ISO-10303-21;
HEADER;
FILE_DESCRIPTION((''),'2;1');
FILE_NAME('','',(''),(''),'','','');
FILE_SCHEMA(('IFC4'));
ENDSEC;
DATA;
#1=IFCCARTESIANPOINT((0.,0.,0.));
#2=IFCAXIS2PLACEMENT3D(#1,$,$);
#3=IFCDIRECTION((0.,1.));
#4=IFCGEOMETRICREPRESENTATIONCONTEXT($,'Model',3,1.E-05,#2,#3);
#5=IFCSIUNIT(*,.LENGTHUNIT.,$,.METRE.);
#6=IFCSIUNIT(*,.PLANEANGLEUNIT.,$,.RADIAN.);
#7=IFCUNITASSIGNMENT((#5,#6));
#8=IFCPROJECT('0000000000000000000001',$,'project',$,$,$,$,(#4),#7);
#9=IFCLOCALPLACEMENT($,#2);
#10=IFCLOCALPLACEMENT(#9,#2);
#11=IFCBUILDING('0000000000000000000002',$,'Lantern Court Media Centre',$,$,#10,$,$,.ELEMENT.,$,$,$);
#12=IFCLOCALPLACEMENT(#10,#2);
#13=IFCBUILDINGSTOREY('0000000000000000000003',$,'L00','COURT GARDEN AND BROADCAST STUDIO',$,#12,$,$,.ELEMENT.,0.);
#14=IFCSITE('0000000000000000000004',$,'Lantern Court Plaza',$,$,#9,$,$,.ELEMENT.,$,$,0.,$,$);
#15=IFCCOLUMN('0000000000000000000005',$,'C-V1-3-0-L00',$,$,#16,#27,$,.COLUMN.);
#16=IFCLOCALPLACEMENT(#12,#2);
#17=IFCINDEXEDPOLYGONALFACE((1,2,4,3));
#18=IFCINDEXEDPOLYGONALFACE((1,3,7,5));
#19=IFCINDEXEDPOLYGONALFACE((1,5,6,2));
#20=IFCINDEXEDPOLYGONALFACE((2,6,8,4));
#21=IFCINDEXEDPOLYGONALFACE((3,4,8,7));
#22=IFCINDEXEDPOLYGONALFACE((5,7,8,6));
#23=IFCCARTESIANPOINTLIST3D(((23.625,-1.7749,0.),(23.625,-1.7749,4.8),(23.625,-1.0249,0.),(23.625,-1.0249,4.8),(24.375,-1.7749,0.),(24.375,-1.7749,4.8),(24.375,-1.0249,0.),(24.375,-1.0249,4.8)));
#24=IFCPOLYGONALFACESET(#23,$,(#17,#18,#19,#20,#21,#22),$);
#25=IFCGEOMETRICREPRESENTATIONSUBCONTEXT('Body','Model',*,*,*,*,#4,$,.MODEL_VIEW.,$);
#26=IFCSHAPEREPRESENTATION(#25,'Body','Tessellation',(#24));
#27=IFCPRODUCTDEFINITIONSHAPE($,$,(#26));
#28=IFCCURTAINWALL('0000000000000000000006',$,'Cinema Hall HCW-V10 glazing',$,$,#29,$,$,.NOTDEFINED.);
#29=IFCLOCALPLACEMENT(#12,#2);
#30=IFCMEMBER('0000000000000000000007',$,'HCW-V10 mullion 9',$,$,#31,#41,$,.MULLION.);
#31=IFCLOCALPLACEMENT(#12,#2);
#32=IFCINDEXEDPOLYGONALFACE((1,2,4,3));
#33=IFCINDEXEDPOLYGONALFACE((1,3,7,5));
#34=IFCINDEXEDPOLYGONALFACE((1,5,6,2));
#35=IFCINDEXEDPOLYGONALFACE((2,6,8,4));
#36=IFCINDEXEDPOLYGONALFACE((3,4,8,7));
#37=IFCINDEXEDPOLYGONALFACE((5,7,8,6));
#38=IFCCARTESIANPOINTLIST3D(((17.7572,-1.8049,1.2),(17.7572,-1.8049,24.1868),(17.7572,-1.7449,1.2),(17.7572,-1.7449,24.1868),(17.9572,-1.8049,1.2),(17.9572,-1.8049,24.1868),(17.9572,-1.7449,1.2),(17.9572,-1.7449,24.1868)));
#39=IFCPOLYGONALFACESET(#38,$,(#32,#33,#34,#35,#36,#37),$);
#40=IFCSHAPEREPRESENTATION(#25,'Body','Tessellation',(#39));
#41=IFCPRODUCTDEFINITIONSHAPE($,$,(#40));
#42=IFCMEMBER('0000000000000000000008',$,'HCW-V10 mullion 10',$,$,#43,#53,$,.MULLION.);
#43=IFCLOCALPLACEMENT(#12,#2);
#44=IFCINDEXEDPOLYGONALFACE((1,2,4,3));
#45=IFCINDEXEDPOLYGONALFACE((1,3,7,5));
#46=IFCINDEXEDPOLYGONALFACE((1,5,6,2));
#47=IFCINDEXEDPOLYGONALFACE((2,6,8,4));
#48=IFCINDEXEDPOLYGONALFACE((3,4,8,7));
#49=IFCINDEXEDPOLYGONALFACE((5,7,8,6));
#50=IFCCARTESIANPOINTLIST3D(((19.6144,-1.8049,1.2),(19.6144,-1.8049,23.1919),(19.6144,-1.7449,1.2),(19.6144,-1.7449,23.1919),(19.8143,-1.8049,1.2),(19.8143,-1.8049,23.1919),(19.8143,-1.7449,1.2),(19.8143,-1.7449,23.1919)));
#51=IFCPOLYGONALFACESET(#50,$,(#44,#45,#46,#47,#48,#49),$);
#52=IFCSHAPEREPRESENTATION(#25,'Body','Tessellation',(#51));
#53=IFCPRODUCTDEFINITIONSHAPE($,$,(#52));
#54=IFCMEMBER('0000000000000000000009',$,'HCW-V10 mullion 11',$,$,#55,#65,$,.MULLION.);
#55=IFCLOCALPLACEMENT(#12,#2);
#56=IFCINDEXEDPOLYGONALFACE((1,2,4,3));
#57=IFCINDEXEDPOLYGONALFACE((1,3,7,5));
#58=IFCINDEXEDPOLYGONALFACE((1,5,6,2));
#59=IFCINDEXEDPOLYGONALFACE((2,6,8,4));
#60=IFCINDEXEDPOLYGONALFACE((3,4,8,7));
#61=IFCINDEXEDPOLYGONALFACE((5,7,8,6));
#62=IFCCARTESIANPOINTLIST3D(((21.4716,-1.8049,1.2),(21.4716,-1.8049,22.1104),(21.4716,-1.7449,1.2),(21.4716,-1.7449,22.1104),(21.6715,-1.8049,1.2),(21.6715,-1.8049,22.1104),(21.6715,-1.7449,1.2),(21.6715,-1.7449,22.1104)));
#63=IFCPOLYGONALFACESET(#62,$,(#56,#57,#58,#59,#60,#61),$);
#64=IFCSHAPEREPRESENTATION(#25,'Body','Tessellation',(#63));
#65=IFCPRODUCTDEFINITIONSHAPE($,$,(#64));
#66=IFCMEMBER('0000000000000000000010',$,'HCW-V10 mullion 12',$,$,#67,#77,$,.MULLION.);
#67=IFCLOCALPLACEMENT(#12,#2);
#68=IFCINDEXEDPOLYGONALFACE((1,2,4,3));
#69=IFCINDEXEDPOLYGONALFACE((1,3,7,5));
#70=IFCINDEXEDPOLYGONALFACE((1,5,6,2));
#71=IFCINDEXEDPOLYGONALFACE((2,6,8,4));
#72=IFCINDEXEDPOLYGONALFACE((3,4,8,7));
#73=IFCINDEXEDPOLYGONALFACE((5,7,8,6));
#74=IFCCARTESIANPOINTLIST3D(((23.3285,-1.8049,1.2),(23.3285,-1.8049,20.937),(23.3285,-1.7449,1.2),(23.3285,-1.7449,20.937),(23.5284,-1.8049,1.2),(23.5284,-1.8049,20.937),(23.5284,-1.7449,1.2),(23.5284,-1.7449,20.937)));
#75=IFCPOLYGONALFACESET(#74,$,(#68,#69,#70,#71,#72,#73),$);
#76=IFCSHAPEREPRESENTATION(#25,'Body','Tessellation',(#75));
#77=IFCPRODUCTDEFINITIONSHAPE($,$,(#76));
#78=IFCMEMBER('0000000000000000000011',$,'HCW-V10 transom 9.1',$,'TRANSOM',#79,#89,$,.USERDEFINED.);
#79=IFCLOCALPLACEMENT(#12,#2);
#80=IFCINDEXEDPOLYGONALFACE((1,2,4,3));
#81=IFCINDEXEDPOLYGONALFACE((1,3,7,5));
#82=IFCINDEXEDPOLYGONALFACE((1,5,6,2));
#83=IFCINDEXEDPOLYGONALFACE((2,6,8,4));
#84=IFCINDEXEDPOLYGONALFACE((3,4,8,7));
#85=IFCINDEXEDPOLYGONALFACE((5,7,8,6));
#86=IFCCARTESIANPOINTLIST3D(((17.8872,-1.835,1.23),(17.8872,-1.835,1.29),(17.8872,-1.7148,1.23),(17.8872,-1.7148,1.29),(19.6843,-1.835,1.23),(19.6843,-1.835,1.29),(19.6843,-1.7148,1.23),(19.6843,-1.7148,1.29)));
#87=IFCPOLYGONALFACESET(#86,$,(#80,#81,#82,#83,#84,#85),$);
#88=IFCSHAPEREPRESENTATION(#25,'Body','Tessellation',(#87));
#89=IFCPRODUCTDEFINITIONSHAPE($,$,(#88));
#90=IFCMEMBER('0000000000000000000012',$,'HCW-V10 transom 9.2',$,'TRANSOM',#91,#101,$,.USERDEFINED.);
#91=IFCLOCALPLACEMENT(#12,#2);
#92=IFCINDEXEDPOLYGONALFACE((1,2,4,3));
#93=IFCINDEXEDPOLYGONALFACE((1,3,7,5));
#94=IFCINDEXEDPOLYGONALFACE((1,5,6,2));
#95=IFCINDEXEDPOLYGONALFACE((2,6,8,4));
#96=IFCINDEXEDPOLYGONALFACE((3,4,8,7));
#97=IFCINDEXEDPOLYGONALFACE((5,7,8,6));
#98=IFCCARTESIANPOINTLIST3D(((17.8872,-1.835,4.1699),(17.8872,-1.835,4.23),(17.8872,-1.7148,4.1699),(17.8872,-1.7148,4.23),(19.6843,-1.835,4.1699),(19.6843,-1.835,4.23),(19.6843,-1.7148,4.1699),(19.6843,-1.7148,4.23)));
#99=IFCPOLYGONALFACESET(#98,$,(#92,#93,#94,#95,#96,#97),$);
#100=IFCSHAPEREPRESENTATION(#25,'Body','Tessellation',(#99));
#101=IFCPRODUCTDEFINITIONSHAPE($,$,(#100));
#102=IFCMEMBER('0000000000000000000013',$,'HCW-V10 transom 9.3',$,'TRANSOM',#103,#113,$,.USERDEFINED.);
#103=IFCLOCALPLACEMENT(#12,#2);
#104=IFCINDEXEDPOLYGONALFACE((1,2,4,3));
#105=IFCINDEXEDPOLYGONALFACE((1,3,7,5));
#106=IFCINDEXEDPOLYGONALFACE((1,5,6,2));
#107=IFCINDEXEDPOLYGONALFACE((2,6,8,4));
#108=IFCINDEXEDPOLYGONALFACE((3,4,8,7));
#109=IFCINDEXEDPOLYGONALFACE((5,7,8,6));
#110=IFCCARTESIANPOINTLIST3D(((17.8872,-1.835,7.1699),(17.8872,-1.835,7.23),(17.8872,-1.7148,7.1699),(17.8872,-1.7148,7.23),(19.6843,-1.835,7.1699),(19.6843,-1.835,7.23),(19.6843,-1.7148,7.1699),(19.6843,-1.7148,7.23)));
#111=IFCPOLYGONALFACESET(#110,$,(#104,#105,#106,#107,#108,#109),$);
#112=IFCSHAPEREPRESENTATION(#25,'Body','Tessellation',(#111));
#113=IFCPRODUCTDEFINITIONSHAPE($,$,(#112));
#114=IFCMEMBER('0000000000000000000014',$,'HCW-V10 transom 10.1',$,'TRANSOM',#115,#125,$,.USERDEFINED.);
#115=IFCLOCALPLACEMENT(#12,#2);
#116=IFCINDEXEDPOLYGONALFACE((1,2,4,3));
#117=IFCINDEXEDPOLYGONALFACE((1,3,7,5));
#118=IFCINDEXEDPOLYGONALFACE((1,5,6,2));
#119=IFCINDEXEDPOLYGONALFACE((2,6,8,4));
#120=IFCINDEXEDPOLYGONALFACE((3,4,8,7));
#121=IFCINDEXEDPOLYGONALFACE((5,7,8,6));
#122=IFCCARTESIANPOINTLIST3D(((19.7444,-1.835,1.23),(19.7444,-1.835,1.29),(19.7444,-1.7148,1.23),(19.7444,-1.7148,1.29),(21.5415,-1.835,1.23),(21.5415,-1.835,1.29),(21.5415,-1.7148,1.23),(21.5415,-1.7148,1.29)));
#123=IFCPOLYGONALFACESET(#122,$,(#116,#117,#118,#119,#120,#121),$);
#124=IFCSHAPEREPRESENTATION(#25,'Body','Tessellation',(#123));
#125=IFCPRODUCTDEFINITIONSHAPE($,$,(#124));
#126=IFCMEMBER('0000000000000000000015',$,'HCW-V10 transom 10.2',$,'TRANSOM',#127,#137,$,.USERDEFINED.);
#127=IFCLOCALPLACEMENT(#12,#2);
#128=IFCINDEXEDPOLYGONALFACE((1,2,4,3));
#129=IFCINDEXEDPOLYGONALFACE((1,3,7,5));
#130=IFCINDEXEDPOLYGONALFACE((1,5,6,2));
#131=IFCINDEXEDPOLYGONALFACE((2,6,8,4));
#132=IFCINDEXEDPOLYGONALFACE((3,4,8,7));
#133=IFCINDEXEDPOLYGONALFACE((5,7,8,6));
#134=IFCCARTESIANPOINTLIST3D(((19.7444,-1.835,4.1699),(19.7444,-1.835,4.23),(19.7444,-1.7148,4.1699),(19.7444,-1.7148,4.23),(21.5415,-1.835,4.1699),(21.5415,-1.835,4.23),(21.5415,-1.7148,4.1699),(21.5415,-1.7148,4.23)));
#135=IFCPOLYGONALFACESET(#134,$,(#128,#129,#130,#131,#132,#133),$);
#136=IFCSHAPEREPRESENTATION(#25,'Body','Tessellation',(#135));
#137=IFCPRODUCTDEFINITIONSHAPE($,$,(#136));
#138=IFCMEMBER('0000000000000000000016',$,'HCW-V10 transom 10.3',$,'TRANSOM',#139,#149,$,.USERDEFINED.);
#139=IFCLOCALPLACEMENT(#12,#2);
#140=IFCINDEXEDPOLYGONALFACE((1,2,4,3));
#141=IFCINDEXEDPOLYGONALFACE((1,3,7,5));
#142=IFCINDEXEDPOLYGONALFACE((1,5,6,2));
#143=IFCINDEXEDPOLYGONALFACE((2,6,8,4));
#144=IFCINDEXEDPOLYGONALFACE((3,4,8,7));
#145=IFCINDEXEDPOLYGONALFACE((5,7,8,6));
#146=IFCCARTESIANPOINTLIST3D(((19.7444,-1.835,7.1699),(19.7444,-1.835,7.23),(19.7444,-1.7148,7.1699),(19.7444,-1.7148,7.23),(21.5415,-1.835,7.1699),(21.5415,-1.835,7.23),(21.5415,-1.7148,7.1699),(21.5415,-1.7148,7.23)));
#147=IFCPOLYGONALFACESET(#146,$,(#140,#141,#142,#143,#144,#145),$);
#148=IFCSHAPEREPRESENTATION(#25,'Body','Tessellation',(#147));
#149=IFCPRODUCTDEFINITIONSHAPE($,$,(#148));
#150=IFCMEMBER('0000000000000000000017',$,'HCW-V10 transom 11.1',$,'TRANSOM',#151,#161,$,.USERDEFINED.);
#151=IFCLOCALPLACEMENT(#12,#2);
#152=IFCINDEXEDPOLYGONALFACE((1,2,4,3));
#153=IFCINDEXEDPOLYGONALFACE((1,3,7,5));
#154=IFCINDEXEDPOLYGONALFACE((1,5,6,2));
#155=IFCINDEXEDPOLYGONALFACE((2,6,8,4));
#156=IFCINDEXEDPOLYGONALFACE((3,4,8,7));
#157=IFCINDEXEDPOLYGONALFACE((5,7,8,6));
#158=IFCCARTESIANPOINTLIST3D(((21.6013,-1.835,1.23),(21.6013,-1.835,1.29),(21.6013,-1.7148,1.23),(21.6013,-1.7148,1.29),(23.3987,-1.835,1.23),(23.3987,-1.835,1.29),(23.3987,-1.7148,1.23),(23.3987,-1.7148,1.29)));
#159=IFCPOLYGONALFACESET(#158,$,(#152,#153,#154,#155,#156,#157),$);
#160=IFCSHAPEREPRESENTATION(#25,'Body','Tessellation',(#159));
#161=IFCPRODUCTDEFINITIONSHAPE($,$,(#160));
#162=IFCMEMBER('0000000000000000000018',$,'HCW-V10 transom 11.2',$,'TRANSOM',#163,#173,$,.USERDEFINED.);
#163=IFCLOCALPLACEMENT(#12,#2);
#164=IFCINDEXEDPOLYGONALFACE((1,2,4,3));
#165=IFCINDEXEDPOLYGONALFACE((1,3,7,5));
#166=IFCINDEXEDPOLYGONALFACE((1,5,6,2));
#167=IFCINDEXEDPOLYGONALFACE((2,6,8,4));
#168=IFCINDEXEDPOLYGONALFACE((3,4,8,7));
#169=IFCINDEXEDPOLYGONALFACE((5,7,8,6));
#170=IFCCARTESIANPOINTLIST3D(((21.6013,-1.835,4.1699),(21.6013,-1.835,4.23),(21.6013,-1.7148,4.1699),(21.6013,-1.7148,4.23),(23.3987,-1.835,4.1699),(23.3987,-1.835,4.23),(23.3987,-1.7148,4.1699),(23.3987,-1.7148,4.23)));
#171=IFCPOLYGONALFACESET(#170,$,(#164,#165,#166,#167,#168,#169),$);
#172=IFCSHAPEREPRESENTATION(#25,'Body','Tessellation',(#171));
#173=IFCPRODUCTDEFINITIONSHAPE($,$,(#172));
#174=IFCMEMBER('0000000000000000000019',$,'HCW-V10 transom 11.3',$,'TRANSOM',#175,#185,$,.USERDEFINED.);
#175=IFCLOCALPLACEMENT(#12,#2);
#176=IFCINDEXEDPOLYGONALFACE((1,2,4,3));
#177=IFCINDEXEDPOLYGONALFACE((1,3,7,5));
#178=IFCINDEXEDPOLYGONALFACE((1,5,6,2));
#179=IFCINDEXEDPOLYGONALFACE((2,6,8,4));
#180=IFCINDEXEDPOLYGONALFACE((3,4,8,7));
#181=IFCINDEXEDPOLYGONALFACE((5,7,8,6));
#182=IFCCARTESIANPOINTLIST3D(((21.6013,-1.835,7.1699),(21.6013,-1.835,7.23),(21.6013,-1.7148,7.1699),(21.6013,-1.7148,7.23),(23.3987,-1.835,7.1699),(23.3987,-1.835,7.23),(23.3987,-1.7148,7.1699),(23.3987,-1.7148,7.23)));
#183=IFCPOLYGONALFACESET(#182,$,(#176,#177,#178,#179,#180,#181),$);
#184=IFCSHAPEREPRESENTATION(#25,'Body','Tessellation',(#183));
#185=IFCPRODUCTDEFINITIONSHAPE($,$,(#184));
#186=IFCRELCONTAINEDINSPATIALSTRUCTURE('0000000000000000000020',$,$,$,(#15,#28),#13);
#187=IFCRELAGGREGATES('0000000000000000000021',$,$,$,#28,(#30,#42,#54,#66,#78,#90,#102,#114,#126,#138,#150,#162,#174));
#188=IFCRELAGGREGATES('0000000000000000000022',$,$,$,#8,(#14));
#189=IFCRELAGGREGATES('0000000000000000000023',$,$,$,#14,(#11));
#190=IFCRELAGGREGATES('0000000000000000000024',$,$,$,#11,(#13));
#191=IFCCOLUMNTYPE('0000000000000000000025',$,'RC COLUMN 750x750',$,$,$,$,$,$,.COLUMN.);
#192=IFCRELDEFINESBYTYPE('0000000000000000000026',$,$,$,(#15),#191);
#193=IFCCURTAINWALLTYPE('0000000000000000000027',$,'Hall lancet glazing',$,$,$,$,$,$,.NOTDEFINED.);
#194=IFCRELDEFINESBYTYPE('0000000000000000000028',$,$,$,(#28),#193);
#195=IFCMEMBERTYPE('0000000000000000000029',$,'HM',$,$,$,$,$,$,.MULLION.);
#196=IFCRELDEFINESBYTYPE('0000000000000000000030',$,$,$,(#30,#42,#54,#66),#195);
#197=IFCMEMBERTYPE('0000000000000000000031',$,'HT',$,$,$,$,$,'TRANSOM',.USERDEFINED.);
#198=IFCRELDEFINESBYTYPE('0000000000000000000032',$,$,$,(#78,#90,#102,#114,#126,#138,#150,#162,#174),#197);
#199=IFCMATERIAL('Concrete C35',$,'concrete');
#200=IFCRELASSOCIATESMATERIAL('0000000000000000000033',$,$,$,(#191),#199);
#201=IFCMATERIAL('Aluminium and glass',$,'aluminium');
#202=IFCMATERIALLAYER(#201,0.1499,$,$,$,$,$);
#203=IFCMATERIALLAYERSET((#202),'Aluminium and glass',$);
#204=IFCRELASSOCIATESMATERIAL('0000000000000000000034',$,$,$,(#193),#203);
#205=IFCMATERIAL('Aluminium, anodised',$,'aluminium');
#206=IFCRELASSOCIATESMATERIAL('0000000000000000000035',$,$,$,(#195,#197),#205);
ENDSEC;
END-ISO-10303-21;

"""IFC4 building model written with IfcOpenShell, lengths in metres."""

from ifc_helpers import new_model, si_unit, direction, frame, origin, origin_2d, place, context, subcontext, project, spatial, rectangle, extrude, material, layer, layer_set, material_profile, profile_set, type_object, element, aggregate, save


model = new_model("IFC4")

# Units and contexts
model_context = context("Model", 3, precision=1e-05, world=origin(), true_north=direction((0.0, 1.0)))
body_context = subcontext(model_context, "Body", "Model", "MODEL_VIEW")
ifc_project = project(units=[si_unit("LENGTHUNIT", "METRE"), si_unit("PLANEANGLEUNIT", "RADIAN")], contexts=[model_context])

# Site, building, storey
site_placement = place(None, origin())
site = spatial("IfcSite", under=ifc_project, at=site_placement, Name="Lantern Court Plaza", CompositionType="ELEMENT", RefElevation=0.0)
building_placement = place(site_placement, origin())
building = spatial("IfcBuilding", under=site, at=building_placement, Name="Lantern Court Media Centre", CompositionType="ELEMENT")
storey_placement = place(building_placement, origin())
storey = spatial("IfcBuildingStorey", under=building, at=storey_placement, Name="L00", Description="COURT GARDEN AND BROADCAST STUDIO", CompositionType="ELEMENT", Elevation=0.0)

# Column
ifc_material_1 = material(Name="Concrete C35", Category="concrete")
ifc_material_profile_1 = material_profile(ifc_material_1, rectangle(XDim=0.75, YDim=0.75, at=origin_2d()), Name="RC 750x750")
ifc_profile_set_1 = profile_set([ifc_material_profile_1], Name="Concrete C35")
column_type = type_object("IfcColumnType", Name="RC COLUMN 750x750", PredefinedType="COLUMN", material=ifc_profile_set_1)
column_placement = place(storey_placement, frame((24.0, -1.3999, 0.0), z_axis=(0.0, 0.0, 1.0), x_axis=(1.0, 0.0, 0.0)))
element("IfcColumn", 1, at=column_placement, inside=storey, type_object=column_type, Name="C-V1-3-0-L00", PredefinedType="COLUMN", context=body_context, shape_type="SweptSolid", body=[
    extrude(rectangle(XDim=0.75, YDim=0.75, at=origin_2d()), origin(), (0.0, 0.0, 1.0), 4.8),
])

# Curtain wall, members
ifc_material_2 = material(Name="Aluminium and glass", Category="aluminium")
ifc_layer_1 = layer(ifc_material_2, 0.1499)
ifc_layer_set_1 = layer_set([ifc_layer_1], Name="Aluminium and glass")
curtain_wall_type = type_object("IfcCurtainWallType", Name="Hall lancet glazing", PredefinedType="NOTDEFINED", material=ifc_layer_set_1)
curtain_wall_placement = place(storey_placement, origin())
curtain_wall = element("IfcCurtainWall", 2, at=curtain_wall_placement, inside=storey, type_object=curtain_wall_type, Name="Cinema Hall HCW-V10 glazing", PredefinedType="NOTDEFINED")
ifc_material_3 = material(Name="Aluminium, anodised", Category="aluminium")
ifc_material_profile_2 = material_profile(ifc_material_3, rectangle(XDim=0.0601, YDim=0.2, at=origin_2d()), Name="HM")
ifc_profile_set_2 = profile_set([ifc_material_profile_2], Name="Aluminium, anodised")
member_type_1 = type_object("IfcMemberType", Name="HM", PredefinedType="MULLION", material=ifc_profile_set_2)
member_1_placement = place(storey_placement, frame((17.8572, -1.7749, 1.2), z_axis=(0.0, 0.0, 1.0), x_axis=(0.0, 1.0, 0.0)))
member_1 = element("IfcMember", 3, at=member_1_placement, type_object=member_type_1, Name="HCW-V10 mullion 9", PredefinedType="MULLION", context=body_context, shape_type="SweptSolid", body=[
    extrude(rectangle(XDim=0.0601, YDim=0.2, at=origin_2d()), origin(), (0.0, 0.0, 1.0), 22.9868),
])
member_2_placement = place(storey_placement, frame((19.7144, -1.7749, 1.2), z_axis=(0.0, 0.0, 1.0), x_axis=(0.0, 1.0, 0.0)))
member_2 = element("IfcMember", 4, at=member_2_placement, type_object=member_type_1, Name="HCW-V10 mullion 10", PredefinedType="MULLION", context=body_context, shape_type="SweptSolid", body=[
    extrude(rectangle(XDim=0.0601, YDim=0.2, at=origin_2d()), origin(), (0.0, 0.0, 1.0), 21.9919),
])
member_3_placement = place(storey_placement, frame((21.5715, -1.7749, 1.2), z_axis=(0.0, 0.0, 1.0), x_axis=(0.0, 1.0, 0.0)))
member_3 = element("IfcMember", 5, at=member_3_placement, type_object=member_type_1, Name="HCW-V10 mullion 11", PredefinedType="MULLION", context=body_context, shape_type="SweptSolid", body=[
    extrude(rectangle(XDim=0.0601, YDim=0.2, at=origin_2d()), origin(), (0.0, 0.0, 1.0), 20.9104),
])
member_4_placement = place(storey_placement, frame((23.4285, -1.7749, 1.2), z_axis=(0.0, 0.0, 1.0), x_axis=(0.0, 1.0, 0.0)))
member_4 = element("IfcMember", 6, at=member_4_placement, type_object=member_type_1, Name="HCW-V10 mullion 12", PredefinedType="MULLION", context=body_context, shape_type="SweptSolid", body=[
    extrude(rectangle(XDim=0.0601, YDim=0.2, at=origin_2d()), origin(), (0.0, 0.0, 1.0), 19.7371),
])
ifc_material_profile_3 = material_profile(ifc_material_3, rectangle(XDim=0.1201, YDim=0.0601, at=origin_2d()), Name="HT")
ifc_profile_set_3 = profile_set([ifc_material_profile_3], Name="Aluminium, anodised")
member_type_2 = type_object("IfcMemberType", Name="HT", ElementType="TRANSOM", PredefinedType="USERDEFINED", material=ifc_profile_set_3)
member_5_placement = place(storey_placement, frame((17.8872, -1.7749, 1.26), z_axis=(1.0, 0.0, 0.0), x_axis=(0.0, 1.0, 0.0)))
member_5 = element("IfcMember", 7, at=member_5_placement, type_object=member_type_2, Name="HCW-V10 transom 9.1", ObjectType="TRANSOM", PredefinedType="USERDEFINED", context=body_context, shape_type="SweptSolid", body=[
    extrude(rectangle(XDim=0.1201, YDim=0.0601, at=origin_2d()), origin(), (0.0, 0.0, 1.0), 1.7971),
])
member_6_placement = place(storey_placement, frame((17.8872, -1.7749, 4.2), z_axis=(1.0, 0.0, 0.0), x_axis=(0.0, 1.0, 0.0)))
member_6 = element("IfcMember", 8, at=member_6_placement, type_object=member_type_2, Name="HCW-V10 transom 9.2", ObjectType="TRANSOM", PredefinedType="USERDEFINED", context=body_context, shape_type="SweptSolid", body=[
    extrude(rectangle(XDim=0.1201, YDim=0.0601, at=origin_2d()), origin(), (0.0, 0.0, 1.0), 1.7971),
])
member_7_placement = place(storey_placement, frame((17.8872, -1.7749, 7.2), z_axis=(1.0, 0.0, 0.0), x_axis=(0.0, 1.0, 0.0)))
member_7 = element("IfcMember", 9, at=member_7_placement, type_object=member_type_2, Name="HCW-V10 transom 9.3", ObjectType="TRANSOM", PredefinedType="USERDEFINED", context=body_context, shape_type="SweptSolid", body=[
    extrude(rectangle(XDim=0.1201, YDim=0.0601, at=origin_2d()), origin(), (0.0, 0.0, 1.0), 1.7971),
])
member_8_placement = place(storey_placement, frame((19.7444, -1.7749, 1.26), z_axis=(1.0, 0.0, 0.0), x_axis=(0.0, 1.0, 0.0)))
member_8 = element("IfcMember", 10, at=member_8_placement, type_object=member_type_2, Name="HCW-V10 transom 10.1", ObjectType="TRANSOM", PredefinedType="USERDEFINED", context=body_context, shape_type="SweptSolid", body=[
    extrude(rectangle(XDim=0.1201, YDim=0.0601, at=origin_2d()), origin(), (0.0, 0.0, 1.0), 1.7971),
])
member_9_placement = place(storey_placement, frame((19.7444, -1.7749, 4.2), z_axis=(1.0, 0.0, 0.0), x_axis=(0.0, 1.0, 0.0)))
member_9 = element("IfcMember", 11, at=member_9_placement, type_object=member_type_2, Name="HCW-V10 transom 10.2", ObjectType="TRANSOM", PredefinedType="USERDEFINED", context=body_context, shape_type="SweptSolid", body=[
    extrude(rectangle(XDim=0.1201, YDim=0.0601, at=origin_2d()), origin(), (0.0, 0.0, 1.0), 1.7971),
])
member_10_placement = place(storey_placement, frame((19.7444, -1.7749, 7.2), z_axis=(1.0, 0.0, 0.0), x_axis=(0.0, 1.0, 0.0)))
member_10 = element("IfcMember", 12, at=member_10_placement, type_object=member_type_2, Name="HCW-V10 transom 10.3", ObjectType="TRANSOM", PredefinedType="USERDEFINED", context=body_context, shape_type="SweptSolid", body=[
    extrude(rectangle(XDim=0.1201, YDim=0.0601, at=origin_2d()), origin(), (0.0, 0.0, 1.0), 1.7971),
])
member_11_placement = place(storey_placement, frame((21.6013, -1.7749, 1.26), z_axis=(1.0, 0.0, 0.0), x_axis=(0.0, 1.0, 0.0)))
member_11 = element("IfcMember", 13, at=member_11_placement, type_object=member_type_2, Name="HCW-V10 transom 11.1", ObjectType="TRANSOM", PredefinedType="USERDEFINED", context=body_context, shape_type="SweptSolid", body=[
    extrude(rectangle(XDim=0.1201, YDim=0.0601, at=origin_2d()), origin(), (0.0, 0.0, 1.0), 1.7974),
])
member_12_placement = place(storey_placement, frame((21.6013, -1.7749, 4.2), z_axis=(1.0, 0.0, 0.0), x_axis=(0.0, 1.0, 0.0)))
member_12 = element("IfcMember", 14, at=member_12_placement, type_object=member_type_2, Name="HCW-V10 transom 11.2", ObjectType="TRANSOM", PredefinedType="USERDEFINED", context=body_context, shape_type="SweptSolid", body=[
    extrude(rectangle(XDim=0.1201, YDim=0.0601, at=origin_2d()), origin(), (0.0, 0.0, 1.0), 1.7974),
])
member_13_placement = place(storey_placement, frame((21.6013, -1.7749, 7.2), z_axis=(1.0, 0.0, 0.0), x_axis=(0.0, 1.0, 0.0)))
member_13 = element("IfcMember", 15, at=member_13_placement, type_object=member_type_2, Name="HCW-V10 transom 11.3", ObjectType="TRANSOM", PredefinedType="USERDEFINED", context=body_context, shape_type="SweptSolid", body=[
    extrude(rectangle(XDim=0.1201, YDim=0.0601, at=origin_2d()), origin(), (0.0, 0.0, 1.0), 1.7974),
])

aggregate(curtain_wall, [member_1, member_2, member_3, member_4, member_5, member_6, member_7, member_8, member_9, member_10, member_11, member_12, member_13])

save(model, "model.ifc")
